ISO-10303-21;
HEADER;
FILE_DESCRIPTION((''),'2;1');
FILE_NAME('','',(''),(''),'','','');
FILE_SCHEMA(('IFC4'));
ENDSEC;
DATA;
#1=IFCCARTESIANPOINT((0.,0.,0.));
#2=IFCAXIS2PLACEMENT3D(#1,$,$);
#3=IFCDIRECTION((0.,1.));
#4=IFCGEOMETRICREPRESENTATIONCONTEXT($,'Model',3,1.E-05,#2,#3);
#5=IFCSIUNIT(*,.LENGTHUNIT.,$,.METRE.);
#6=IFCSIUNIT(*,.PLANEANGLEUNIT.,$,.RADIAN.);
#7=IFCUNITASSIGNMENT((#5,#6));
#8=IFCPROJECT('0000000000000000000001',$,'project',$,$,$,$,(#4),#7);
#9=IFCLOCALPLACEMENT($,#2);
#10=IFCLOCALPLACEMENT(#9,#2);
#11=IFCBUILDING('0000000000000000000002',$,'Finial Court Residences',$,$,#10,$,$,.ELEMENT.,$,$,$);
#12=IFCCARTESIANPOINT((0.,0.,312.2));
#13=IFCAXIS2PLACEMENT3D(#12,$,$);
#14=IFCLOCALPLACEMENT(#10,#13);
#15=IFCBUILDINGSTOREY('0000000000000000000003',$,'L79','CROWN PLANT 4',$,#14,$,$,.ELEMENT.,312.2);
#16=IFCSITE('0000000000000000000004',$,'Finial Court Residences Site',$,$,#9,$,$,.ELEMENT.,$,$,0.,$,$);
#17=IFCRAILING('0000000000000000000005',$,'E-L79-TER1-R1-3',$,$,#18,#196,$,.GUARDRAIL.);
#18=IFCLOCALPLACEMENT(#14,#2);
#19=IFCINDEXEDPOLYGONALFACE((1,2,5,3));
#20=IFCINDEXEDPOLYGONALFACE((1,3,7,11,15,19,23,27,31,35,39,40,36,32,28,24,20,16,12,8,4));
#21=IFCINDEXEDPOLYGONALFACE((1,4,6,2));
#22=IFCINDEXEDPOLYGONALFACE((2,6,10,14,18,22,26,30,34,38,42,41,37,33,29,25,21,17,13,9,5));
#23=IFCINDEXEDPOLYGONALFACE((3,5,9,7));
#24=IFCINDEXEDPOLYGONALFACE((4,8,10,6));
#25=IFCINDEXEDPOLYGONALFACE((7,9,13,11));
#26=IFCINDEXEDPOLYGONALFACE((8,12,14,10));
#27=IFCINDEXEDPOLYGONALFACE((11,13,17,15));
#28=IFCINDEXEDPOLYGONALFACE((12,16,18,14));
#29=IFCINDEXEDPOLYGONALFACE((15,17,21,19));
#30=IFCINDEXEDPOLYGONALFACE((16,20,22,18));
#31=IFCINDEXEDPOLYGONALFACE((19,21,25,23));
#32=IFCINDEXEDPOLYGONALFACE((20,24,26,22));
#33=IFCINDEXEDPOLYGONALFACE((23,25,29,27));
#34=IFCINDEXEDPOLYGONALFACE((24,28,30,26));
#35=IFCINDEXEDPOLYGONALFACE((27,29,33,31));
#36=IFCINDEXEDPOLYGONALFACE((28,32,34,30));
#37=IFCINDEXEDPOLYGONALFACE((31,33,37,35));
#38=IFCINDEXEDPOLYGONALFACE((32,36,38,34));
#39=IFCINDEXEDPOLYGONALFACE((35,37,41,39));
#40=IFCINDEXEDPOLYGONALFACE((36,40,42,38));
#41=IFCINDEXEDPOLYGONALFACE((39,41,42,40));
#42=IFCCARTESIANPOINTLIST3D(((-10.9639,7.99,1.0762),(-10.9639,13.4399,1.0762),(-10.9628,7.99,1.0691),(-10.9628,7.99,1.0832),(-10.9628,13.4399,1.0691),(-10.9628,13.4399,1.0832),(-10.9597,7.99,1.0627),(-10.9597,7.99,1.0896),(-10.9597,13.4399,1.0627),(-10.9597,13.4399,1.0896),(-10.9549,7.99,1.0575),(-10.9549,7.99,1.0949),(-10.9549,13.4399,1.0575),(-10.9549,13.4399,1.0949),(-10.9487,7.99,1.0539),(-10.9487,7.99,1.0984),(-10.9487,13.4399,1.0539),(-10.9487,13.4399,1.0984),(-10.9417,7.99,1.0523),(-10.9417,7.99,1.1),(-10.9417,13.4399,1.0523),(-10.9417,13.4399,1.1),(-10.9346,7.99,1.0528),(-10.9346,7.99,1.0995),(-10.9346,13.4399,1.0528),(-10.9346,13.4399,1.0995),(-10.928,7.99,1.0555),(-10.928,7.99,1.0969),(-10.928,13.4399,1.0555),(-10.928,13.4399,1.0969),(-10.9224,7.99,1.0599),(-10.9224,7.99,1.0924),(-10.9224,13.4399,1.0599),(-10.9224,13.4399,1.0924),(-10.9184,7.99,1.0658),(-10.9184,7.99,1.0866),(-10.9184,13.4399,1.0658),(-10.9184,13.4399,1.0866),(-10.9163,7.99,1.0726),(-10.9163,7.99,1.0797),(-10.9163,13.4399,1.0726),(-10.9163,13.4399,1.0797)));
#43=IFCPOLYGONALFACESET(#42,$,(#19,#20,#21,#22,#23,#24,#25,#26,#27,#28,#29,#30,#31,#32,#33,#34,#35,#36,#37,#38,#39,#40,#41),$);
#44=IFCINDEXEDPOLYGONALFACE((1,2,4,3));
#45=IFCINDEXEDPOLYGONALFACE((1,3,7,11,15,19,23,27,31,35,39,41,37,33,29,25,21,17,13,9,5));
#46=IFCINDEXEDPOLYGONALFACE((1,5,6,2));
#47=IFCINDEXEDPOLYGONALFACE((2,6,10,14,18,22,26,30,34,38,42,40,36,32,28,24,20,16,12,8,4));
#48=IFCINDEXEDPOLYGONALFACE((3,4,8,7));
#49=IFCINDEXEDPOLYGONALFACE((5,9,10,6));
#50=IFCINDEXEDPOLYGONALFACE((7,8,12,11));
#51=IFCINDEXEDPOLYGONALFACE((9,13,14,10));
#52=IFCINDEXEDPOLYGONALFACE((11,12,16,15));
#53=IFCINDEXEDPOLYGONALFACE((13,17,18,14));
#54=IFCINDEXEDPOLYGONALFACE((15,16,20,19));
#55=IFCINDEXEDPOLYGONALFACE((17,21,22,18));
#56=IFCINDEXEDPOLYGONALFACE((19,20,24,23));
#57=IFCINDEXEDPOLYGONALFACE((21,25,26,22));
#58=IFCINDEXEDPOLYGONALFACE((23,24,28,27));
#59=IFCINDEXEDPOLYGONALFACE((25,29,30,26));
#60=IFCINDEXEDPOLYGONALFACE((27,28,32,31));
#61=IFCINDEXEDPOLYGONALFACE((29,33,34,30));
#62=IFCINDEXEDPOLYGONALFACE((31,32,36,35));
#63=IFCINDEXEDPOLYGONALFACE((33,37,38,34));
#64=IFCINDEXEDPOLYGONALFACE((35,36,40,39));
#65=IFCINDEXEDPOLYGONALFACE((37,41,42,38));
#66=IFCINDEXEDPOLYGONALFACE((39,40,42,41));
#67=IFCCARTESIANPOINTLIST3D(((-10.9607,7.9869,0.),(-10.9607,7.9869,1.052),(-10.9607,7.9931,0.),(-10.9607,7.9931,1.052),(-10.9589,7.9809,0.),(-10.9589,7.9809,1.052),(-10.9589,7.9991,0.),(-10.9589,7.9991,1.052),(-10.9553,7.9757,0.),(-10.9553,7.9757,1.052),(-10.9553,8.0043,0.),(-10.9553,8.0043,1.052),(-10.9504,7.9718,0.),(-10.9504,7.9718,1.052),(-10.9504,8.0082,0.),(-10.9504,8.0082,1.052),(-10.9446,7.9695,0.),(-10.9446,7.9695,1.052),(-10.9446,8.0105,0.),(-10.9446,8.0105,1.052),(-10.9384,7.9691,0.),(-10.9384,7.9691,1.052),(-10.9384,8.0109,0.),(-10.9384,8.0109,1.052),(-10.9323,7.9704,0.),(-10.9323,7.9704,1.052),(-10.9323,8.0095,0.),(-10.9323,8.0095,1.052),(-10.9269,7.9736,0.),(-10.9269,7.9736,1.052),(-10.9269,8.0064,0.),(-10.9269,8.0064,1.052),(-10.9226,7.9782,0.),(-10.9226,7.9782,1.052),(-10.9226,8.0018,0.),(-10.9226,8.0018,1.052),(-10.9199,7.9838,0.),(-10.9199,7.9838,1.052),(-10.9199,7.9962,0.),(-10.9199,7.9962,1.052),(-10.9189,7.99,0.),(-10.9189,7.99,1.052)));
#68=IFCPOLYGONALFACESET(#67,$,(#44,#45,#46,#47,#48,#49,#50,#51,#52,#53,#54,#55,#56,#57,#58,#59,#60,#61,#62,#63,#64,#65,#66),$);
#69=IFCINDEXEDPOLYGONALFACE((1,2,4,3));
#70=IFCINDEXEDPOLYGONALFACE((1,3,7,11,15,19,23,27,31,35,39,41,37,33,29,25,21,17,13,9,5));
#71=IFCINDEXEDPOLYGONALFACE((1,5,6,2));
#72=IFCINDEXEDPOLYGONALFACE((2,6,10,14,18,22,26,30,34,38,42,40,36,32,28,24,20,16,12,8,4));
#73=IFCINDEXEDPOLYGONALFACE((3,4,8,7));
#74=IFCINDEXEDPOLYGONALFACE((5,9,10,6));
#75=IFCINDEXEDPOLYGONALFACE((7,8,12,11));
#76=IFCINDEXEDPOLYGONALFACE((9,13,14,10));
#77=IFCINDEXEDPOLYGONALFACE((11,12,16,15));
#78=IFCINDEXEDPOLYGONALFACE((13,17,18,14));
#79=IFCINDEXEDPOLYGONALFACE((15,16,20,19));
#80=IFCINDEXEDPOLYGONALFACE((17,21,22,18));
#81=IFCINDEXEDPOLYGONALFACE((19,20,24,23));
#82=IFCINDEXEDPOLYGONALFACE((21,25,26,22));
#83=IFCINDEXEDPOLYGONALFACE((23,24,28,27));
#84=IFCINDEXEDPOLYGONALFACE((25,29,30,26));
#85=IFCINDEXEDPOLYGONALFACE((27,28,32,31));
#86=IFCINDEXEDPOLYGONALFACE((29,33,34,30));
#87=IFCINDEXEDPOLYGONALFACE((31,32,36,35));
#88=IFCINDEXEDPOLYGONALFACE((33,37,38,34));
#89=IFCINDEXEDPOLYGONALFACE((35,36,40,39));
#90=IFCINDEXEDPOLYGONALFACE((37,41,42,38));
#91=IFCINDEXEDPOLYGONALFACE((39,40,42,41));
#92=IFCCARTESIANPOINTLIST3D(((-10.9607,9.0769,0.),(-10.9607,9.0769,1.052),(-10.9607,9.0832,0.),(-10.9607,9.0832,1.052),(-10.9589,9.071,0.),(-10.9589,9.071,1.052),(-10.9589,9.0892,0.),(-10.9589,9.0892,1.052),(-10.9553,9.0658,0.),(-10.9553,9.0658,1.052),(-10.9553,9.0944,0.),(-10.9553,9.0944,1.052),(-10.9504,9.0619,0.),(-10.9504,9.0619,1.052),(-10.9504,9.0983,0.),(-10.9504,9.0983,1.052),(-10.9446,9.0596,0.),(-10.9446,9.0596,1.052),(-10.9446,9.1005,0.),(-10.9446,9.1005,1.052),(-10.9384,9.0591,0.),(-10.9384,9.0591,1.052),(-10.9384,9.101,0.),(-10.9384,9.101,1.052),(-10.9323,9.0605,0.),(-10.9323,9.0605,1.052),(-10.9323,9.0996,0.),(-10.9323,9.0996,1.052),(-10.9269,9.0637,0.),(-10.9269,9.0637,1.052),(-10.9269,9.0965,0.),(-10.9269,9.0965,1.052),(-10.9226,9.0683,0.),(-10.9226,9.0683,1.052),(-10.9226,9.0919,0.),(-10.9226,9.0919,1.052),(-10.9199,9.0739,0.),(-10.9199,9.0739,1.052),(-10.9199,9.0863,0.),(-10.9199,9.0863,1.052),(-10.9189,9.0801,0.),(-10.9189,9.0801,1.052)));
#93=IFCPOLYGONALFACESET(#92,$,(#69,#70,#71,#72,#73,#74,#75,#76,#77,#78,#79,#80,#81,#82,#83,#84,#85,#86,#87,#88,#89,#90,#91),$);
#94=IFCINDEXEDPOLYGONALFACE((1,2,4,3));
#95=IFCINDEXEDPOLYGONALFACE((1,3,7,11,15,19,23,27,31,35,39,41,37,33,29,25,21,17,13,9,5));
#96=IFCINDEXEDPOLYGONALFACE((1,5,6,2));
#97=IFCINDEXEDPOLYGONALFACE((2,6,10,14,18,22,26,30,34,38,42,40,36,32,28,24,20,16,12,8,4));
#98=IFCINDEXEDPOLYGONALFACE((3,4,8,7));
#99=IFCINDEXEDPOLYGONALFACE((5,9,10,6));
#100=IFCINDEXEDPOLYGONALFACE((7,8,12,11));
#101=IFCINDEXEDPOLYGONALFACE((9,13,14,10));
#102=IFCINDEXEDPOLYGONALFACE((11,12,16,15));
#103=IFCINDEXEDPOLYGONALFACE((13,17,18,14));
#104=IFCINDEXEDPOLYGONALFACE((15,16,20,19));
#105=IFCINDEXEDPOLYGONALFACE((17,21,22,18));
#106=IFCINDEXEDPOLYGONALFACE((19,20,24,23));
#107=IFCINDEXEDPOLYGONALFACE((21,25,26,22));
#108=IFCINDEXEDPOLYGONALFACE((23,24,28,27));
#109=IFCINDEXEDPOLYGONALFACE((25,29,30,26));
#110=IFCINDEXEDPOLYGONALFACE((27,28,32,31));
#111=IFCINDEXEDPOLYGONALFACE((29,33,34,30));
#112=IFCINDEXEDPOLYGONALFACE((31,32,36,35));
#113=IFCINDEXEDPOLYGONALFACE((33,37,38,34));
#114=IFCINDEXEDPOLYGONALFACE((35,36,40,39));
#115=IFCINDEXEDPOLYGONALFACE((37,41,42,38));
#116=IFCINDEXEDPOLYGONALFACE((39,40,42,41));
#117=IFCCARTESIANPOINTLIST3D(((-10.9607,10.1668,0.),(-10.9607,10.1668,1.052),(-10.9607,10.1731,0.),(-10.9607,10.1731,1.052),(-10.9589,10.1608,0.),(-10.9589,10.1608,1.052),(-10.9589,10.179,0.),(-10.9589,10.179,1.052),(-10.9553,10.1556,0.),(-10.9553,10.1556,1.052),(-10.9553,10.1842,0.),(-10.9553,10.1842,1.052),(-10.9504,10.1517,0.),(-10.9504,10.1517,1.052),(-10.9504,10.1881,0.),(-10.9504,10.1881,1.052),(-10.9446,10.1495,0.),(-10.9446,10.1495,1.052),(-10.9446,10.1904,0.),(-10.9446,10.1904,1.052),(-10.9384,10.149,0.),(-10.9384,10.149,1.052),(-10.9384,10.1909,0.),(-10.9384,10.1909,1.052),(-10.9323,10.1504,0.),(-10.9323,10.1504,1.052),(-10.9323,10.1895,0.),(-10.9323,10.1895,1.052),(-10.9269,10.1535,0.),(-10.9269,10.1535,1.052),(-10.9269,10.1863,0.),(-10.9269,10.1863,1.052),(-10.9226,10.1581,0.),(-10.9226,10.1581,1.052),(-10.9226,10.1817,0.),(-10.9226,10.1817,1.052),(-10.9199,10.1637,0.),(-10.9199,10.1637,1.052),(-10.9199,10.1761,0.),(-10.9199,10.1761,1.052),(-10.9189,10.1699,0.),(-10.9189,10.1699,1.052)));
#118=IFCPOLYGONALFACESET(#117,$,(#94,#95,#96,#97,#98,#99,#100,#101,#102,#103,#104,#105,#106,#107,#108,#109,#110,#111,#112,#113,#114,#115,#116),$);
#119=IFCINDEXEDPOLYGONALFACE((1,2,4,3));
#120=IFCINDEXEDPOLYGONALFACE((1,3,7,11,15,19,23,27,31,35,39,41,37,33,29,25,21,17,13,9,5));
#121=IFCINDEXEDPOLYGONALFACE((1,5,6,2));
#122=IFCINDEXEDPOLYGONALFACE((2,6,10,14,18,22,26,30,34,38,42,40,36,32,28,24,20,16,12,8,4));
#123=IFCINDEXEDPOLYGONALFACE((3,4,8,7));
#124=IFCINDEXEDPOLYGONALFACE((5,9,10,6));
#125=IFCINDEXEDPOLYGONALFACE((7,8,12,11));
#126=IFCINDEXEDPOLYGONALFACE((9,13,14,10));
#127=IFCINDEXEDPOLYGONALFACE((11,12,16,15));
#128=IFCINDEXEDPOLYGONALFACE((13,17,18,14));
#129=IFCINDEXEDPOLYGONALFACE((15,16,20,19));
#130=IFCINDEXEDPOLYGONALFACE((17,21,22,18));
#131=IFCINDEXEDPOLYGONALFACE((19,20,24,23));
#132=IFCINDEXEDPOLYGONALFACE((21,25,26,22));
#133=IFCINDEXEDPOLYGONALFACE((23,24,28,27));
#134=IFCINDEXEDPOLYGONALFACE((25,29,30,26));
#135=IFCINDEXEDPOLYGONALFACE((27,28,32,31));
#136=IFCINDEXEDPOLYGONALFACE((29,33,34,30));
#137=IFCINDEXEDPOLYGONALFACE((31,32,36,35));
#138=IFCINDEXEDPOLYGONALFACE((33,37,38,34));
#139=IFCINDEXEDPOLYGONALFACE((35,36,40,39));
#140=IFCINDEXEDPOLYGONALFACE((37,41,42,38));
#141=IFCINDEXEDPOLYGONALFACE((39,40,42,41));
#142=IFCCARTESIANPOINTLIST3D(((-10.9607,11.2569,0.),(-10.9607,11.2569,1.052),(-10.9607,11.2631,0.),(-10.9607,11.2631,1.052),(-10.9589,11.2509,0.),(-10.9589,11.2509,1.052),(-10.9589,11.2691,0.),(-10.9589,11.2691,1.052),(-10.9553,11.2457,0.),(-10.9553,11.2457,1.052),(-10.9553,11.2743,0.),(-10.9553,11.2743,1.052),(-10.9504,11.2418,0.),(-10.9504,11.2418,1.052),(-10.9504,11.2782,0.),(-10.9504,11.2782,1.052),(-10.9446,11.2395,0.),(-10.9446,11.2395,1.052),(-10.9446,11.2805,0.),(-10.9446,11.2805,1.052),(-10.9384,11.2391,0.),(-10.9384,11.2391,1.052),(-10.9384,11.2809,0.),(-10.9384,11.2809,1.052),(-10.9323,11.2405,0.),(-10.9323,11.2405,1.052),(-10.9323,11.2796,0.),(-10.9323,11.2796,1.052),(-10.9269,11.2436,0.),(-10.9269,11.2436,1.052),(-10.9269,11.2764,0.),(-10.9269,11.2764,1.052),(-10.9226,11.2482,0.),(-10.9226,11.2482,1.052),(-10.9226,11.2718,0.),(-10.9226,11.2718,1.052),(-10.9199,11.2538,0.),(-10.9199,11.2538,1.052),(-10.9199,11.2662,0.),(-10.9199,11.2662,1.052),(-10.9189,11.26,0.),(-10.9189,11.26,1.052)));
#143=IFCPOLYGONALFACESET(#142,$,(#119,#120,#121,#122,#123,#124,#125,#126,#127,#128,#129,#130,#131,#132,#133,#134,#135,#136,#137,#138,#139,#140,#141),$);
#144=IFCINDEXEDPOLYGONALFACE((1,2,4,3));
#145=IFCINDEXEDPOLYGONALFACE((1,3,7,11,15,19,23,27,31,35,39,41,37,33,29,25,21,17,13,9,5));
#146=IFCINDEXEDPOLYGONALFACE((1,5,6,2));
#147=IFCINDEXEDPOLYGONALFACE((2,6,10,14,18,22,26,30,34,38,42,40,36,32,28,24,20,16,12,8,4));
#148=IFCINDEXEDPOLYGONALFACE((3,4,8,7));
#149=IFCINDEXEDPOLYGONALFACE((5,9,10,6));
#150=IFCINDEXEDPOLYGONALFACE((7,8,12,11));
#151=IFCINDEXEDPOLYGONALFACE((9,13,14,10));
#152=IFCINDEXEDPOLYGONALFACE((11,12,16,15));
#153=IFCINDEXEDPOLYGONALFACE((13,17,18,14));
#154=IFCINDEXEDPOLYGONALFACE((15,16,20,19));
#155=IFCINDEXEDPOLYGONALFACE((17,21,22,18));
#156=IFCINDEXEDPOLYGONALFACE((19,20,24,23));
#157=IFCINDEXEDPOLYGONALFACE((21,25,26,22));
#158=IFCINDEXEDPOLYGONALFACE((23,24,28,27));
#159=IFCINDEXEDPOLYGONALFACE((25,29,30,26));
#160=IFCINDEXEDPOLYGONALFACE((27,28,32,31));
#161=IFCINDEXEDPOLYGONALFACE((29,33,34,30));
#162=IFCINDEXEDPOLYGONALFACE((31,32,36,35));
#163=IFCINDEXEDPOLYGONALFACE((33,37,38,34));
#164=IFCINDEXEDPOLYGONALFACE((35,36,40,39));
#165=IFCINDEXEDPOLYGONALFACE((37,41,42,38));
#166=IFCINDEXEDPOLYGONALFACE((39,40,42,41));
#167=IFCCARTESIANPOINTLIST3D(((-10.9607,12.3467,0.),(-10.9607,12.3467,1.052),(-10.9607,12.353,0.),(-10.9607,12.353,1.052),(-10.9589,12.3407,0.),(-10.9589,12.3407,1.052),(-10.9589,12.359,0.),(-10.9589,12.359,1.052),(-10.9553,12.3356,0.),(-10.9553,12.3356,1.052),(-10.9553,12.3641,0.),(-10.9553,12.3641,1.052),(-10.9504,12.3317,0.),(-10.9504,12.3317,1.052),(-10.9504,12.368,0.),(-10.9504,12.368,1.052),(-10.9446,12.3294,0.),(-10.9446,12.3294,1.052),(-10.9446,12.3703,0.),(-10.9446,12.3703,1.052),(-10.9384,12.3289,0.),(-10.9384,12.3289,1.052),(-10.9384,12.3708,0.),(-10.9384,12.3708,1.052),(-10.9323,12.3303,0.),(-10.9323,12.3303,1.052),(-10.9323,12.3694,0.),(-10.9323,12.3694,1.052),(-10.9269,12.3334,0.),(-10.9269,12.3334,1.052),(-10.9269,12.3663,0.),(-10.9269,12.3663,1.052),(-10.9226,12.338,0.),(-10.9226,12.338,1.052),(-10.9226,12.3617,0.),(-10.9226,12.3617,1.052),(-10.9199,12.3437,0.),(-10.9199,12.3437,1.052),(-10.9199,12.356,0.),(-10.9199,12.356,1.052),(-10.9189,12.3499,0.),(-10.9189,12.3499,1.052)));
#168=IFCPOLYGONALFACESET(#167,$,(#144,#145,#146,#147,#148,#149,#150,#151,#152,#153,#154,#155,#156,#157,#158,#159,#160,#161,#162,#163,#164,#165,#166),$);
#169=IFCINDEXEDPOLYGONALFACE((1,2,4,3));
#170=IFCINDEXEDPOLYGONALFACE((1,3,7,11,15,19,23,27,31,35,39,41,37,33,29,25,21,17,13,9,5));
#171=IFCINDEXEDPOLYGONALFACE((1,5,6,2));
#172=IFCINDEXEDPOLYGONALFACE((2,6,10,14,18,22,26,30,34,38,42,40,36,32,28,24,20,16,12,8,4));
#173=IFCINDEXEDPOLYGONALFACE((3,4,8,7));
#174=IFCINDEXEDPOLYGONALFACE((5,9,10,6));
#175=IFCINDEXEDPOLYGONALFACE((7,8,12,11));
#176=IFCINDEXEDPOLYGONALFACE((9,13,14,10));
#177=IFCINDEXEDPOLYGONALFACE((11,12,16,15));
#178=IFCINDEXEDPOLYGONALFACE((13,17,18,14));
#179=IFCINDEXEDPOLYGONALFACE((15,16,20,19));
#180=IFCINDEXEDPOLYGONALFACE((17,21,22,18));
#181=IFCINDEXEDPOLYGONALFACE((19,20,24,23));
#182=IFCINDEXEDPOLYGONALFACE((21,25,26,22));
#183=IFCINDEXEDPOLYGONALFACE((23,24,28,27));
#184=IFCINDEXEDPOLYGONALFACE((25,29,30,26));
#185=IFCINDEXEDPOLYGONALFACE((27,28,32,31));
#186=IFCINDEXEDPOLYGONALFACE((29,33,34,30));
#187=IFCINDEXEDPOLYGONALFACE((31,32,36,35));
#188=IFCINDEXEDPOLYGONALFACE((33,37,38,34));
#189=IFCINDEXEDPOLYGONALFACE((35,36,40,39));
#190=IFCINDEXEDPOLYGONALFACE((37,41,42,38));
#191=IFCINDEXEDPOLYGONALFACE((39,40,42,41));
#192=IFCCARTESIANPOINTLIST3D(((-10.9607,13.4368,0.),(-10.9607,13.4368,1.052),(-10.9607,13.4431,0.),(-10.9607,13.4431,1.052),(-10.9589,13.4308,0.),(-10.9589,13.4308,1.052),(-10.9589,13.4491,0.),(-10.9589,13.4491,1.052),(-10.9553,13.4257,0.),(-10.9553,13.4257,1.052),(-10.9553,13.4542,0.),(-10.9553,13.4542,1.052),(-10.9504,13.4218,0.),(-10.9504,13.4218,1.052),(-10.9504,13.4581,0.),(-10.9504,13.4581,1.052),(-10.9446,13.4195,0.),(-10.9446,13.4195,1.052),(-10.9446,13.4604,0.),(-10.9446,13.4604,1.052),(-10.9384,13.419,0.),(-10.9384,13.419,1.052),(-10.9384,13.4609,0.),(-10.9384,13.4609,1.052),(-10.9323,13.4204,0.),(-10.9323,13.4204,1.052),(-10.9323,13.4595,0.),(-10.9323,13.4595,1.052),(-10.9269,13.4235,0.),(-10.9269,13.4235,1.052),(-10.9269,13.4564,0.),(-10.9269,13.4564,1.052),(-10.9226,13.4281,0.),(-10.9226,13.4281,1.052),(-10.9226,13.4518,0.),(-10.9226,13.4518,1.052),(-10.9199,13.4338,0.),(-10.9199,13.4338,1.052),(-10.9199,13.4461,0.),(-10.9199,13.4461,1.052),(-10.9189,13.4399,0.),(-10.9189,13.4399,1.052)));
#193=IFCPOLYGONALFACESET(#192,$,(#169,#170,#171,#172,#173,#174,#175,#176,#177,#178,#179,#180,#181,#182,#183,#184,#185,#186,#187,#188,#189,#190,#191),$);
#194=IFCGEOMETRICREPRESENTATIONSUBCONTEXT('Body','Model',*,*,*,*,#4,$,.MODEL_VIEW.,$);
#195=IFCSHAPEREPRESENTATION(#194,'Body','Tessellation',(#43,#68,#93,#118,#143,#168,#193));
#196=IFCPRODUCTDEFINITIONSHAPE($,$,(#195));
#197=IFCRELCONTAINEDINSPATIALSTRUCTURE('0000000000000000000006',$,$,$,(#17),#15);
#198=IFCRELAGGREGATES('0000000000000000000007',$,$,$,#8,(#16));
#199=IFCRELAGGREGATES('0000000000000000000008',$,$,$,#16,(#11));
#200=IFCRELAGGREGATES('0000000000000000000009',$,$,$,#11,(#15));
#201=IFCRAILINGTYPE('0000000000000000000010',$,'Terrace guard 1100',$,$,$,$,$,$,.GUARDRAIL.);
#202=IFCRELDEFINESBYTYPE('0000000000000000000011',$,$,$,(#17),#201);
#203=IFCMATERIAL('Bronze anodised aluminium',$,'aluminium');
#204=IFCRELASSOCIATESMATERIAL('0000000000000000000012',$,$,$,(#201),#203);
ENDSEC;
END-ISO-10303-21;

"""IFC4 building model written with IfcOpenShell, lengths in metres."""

from ifc_helpers import new_model, si_unit, direction, frame, origin, origin_2d, place, context, subcontext, project, spatial, circle, extrude, material, type_object, element, save


model = new_model("IFC4")

# Units and contexts
model_context = context("Model", 3, precision=1e-05, world=origin(), true_north=direction((0.0, 1.0)))
body_context = subcontext(model_context, "Body", "Model", "MODEL_VIEW")
ifc_project = project(units=[si_unit("LENGTHUNIT", "METRE"), si_unit("PLANEANGLEUNIT", "RADIAN")], contexts=[model_context])

# Site, building, storey
site_placement = place(None, origin())
site = spatial("IfcSite", under=ifc_project, at=site_placement, Name="Finial Court Residences Site", CompositionType="ELEMENT", RefElevation=0.0)
building_placement = place(site_placement, origin())
building = spatial("IfcBuilding", under=site, at=building_placement, Name="Finial Court Residences", CompositionType="ELEMENT")
storey_placement = place(building_placement, frame((0.0, 0.0, 312.2)))
storey = spatial("IfcBuildingStorey", under=building, at=storey_placement, Name="L79", Description="CROWN PLANT 4", CompositionType="ELEMENT", Elevation=312.2)

# Shared definitions
ifc_material_1 = material(Name="Bronze anodised aluminium", Category="aluminium")

# Railing
railing_type = type_object("IfcRailingType", Name="Terrace guard 1100", PredefinedType="GUARDRAIL", material=ifc_material_1)
railing_1_placement = place(storey_placement, frame((-10.9399, 7.99, 0.0)))
element("IfcRailing", 1, at=railing_1_placement, inside=storey, type_object=railing_type, Name="E-L79-TER1-R1-3", PredefinedType="GUARDRAIL", context=body_context, shape_type="SweptSolid", body=[
    extrude(circle(Radius=0.0239, at=origin_2d()), frame((0.0, 0.0, 1.0762), z_axis=(0.0, 1.0, 0.0), x_axis=(-1.0, 0.0, 0.0)), (0.0, 0.0, 1.0), 5.45),
    extrude(circle(Radius=0.021, at=origin_2d()), origin(), (0.0, 0.0, 1.0), 1.052),
    extrude(circle(Radius=0.021, at=origin_2d()), frame((0.0, 1.0901, 0.0)), (0.0, 0.0, 1.0), 1.052),
    extrude(circle(Radius=0.021, at=origin_2d()), frame((0.0, 2.1799, 0.0)), (0.0, 0.0, 1.0), 1.052),
    extrude(circle(Radius=0.021, at=origin_2d()), frame((0.0, 3.27, 0.0)), (0.0, 0.0, 1.0), 1.052),
    extrude(circle(Radius=0.021, at=origin_2d()), frame((0.0, 4.3599, 0.0)), (0.0, 0.0, 1.0), 1.052),
    extrude(circle(Radius=0.021, at=origin_2d()), frame((0.0, 5.45, 0.0)), (0.0, 0.0, 1.0), 1.052),
])

save(model, "model.ifc")
